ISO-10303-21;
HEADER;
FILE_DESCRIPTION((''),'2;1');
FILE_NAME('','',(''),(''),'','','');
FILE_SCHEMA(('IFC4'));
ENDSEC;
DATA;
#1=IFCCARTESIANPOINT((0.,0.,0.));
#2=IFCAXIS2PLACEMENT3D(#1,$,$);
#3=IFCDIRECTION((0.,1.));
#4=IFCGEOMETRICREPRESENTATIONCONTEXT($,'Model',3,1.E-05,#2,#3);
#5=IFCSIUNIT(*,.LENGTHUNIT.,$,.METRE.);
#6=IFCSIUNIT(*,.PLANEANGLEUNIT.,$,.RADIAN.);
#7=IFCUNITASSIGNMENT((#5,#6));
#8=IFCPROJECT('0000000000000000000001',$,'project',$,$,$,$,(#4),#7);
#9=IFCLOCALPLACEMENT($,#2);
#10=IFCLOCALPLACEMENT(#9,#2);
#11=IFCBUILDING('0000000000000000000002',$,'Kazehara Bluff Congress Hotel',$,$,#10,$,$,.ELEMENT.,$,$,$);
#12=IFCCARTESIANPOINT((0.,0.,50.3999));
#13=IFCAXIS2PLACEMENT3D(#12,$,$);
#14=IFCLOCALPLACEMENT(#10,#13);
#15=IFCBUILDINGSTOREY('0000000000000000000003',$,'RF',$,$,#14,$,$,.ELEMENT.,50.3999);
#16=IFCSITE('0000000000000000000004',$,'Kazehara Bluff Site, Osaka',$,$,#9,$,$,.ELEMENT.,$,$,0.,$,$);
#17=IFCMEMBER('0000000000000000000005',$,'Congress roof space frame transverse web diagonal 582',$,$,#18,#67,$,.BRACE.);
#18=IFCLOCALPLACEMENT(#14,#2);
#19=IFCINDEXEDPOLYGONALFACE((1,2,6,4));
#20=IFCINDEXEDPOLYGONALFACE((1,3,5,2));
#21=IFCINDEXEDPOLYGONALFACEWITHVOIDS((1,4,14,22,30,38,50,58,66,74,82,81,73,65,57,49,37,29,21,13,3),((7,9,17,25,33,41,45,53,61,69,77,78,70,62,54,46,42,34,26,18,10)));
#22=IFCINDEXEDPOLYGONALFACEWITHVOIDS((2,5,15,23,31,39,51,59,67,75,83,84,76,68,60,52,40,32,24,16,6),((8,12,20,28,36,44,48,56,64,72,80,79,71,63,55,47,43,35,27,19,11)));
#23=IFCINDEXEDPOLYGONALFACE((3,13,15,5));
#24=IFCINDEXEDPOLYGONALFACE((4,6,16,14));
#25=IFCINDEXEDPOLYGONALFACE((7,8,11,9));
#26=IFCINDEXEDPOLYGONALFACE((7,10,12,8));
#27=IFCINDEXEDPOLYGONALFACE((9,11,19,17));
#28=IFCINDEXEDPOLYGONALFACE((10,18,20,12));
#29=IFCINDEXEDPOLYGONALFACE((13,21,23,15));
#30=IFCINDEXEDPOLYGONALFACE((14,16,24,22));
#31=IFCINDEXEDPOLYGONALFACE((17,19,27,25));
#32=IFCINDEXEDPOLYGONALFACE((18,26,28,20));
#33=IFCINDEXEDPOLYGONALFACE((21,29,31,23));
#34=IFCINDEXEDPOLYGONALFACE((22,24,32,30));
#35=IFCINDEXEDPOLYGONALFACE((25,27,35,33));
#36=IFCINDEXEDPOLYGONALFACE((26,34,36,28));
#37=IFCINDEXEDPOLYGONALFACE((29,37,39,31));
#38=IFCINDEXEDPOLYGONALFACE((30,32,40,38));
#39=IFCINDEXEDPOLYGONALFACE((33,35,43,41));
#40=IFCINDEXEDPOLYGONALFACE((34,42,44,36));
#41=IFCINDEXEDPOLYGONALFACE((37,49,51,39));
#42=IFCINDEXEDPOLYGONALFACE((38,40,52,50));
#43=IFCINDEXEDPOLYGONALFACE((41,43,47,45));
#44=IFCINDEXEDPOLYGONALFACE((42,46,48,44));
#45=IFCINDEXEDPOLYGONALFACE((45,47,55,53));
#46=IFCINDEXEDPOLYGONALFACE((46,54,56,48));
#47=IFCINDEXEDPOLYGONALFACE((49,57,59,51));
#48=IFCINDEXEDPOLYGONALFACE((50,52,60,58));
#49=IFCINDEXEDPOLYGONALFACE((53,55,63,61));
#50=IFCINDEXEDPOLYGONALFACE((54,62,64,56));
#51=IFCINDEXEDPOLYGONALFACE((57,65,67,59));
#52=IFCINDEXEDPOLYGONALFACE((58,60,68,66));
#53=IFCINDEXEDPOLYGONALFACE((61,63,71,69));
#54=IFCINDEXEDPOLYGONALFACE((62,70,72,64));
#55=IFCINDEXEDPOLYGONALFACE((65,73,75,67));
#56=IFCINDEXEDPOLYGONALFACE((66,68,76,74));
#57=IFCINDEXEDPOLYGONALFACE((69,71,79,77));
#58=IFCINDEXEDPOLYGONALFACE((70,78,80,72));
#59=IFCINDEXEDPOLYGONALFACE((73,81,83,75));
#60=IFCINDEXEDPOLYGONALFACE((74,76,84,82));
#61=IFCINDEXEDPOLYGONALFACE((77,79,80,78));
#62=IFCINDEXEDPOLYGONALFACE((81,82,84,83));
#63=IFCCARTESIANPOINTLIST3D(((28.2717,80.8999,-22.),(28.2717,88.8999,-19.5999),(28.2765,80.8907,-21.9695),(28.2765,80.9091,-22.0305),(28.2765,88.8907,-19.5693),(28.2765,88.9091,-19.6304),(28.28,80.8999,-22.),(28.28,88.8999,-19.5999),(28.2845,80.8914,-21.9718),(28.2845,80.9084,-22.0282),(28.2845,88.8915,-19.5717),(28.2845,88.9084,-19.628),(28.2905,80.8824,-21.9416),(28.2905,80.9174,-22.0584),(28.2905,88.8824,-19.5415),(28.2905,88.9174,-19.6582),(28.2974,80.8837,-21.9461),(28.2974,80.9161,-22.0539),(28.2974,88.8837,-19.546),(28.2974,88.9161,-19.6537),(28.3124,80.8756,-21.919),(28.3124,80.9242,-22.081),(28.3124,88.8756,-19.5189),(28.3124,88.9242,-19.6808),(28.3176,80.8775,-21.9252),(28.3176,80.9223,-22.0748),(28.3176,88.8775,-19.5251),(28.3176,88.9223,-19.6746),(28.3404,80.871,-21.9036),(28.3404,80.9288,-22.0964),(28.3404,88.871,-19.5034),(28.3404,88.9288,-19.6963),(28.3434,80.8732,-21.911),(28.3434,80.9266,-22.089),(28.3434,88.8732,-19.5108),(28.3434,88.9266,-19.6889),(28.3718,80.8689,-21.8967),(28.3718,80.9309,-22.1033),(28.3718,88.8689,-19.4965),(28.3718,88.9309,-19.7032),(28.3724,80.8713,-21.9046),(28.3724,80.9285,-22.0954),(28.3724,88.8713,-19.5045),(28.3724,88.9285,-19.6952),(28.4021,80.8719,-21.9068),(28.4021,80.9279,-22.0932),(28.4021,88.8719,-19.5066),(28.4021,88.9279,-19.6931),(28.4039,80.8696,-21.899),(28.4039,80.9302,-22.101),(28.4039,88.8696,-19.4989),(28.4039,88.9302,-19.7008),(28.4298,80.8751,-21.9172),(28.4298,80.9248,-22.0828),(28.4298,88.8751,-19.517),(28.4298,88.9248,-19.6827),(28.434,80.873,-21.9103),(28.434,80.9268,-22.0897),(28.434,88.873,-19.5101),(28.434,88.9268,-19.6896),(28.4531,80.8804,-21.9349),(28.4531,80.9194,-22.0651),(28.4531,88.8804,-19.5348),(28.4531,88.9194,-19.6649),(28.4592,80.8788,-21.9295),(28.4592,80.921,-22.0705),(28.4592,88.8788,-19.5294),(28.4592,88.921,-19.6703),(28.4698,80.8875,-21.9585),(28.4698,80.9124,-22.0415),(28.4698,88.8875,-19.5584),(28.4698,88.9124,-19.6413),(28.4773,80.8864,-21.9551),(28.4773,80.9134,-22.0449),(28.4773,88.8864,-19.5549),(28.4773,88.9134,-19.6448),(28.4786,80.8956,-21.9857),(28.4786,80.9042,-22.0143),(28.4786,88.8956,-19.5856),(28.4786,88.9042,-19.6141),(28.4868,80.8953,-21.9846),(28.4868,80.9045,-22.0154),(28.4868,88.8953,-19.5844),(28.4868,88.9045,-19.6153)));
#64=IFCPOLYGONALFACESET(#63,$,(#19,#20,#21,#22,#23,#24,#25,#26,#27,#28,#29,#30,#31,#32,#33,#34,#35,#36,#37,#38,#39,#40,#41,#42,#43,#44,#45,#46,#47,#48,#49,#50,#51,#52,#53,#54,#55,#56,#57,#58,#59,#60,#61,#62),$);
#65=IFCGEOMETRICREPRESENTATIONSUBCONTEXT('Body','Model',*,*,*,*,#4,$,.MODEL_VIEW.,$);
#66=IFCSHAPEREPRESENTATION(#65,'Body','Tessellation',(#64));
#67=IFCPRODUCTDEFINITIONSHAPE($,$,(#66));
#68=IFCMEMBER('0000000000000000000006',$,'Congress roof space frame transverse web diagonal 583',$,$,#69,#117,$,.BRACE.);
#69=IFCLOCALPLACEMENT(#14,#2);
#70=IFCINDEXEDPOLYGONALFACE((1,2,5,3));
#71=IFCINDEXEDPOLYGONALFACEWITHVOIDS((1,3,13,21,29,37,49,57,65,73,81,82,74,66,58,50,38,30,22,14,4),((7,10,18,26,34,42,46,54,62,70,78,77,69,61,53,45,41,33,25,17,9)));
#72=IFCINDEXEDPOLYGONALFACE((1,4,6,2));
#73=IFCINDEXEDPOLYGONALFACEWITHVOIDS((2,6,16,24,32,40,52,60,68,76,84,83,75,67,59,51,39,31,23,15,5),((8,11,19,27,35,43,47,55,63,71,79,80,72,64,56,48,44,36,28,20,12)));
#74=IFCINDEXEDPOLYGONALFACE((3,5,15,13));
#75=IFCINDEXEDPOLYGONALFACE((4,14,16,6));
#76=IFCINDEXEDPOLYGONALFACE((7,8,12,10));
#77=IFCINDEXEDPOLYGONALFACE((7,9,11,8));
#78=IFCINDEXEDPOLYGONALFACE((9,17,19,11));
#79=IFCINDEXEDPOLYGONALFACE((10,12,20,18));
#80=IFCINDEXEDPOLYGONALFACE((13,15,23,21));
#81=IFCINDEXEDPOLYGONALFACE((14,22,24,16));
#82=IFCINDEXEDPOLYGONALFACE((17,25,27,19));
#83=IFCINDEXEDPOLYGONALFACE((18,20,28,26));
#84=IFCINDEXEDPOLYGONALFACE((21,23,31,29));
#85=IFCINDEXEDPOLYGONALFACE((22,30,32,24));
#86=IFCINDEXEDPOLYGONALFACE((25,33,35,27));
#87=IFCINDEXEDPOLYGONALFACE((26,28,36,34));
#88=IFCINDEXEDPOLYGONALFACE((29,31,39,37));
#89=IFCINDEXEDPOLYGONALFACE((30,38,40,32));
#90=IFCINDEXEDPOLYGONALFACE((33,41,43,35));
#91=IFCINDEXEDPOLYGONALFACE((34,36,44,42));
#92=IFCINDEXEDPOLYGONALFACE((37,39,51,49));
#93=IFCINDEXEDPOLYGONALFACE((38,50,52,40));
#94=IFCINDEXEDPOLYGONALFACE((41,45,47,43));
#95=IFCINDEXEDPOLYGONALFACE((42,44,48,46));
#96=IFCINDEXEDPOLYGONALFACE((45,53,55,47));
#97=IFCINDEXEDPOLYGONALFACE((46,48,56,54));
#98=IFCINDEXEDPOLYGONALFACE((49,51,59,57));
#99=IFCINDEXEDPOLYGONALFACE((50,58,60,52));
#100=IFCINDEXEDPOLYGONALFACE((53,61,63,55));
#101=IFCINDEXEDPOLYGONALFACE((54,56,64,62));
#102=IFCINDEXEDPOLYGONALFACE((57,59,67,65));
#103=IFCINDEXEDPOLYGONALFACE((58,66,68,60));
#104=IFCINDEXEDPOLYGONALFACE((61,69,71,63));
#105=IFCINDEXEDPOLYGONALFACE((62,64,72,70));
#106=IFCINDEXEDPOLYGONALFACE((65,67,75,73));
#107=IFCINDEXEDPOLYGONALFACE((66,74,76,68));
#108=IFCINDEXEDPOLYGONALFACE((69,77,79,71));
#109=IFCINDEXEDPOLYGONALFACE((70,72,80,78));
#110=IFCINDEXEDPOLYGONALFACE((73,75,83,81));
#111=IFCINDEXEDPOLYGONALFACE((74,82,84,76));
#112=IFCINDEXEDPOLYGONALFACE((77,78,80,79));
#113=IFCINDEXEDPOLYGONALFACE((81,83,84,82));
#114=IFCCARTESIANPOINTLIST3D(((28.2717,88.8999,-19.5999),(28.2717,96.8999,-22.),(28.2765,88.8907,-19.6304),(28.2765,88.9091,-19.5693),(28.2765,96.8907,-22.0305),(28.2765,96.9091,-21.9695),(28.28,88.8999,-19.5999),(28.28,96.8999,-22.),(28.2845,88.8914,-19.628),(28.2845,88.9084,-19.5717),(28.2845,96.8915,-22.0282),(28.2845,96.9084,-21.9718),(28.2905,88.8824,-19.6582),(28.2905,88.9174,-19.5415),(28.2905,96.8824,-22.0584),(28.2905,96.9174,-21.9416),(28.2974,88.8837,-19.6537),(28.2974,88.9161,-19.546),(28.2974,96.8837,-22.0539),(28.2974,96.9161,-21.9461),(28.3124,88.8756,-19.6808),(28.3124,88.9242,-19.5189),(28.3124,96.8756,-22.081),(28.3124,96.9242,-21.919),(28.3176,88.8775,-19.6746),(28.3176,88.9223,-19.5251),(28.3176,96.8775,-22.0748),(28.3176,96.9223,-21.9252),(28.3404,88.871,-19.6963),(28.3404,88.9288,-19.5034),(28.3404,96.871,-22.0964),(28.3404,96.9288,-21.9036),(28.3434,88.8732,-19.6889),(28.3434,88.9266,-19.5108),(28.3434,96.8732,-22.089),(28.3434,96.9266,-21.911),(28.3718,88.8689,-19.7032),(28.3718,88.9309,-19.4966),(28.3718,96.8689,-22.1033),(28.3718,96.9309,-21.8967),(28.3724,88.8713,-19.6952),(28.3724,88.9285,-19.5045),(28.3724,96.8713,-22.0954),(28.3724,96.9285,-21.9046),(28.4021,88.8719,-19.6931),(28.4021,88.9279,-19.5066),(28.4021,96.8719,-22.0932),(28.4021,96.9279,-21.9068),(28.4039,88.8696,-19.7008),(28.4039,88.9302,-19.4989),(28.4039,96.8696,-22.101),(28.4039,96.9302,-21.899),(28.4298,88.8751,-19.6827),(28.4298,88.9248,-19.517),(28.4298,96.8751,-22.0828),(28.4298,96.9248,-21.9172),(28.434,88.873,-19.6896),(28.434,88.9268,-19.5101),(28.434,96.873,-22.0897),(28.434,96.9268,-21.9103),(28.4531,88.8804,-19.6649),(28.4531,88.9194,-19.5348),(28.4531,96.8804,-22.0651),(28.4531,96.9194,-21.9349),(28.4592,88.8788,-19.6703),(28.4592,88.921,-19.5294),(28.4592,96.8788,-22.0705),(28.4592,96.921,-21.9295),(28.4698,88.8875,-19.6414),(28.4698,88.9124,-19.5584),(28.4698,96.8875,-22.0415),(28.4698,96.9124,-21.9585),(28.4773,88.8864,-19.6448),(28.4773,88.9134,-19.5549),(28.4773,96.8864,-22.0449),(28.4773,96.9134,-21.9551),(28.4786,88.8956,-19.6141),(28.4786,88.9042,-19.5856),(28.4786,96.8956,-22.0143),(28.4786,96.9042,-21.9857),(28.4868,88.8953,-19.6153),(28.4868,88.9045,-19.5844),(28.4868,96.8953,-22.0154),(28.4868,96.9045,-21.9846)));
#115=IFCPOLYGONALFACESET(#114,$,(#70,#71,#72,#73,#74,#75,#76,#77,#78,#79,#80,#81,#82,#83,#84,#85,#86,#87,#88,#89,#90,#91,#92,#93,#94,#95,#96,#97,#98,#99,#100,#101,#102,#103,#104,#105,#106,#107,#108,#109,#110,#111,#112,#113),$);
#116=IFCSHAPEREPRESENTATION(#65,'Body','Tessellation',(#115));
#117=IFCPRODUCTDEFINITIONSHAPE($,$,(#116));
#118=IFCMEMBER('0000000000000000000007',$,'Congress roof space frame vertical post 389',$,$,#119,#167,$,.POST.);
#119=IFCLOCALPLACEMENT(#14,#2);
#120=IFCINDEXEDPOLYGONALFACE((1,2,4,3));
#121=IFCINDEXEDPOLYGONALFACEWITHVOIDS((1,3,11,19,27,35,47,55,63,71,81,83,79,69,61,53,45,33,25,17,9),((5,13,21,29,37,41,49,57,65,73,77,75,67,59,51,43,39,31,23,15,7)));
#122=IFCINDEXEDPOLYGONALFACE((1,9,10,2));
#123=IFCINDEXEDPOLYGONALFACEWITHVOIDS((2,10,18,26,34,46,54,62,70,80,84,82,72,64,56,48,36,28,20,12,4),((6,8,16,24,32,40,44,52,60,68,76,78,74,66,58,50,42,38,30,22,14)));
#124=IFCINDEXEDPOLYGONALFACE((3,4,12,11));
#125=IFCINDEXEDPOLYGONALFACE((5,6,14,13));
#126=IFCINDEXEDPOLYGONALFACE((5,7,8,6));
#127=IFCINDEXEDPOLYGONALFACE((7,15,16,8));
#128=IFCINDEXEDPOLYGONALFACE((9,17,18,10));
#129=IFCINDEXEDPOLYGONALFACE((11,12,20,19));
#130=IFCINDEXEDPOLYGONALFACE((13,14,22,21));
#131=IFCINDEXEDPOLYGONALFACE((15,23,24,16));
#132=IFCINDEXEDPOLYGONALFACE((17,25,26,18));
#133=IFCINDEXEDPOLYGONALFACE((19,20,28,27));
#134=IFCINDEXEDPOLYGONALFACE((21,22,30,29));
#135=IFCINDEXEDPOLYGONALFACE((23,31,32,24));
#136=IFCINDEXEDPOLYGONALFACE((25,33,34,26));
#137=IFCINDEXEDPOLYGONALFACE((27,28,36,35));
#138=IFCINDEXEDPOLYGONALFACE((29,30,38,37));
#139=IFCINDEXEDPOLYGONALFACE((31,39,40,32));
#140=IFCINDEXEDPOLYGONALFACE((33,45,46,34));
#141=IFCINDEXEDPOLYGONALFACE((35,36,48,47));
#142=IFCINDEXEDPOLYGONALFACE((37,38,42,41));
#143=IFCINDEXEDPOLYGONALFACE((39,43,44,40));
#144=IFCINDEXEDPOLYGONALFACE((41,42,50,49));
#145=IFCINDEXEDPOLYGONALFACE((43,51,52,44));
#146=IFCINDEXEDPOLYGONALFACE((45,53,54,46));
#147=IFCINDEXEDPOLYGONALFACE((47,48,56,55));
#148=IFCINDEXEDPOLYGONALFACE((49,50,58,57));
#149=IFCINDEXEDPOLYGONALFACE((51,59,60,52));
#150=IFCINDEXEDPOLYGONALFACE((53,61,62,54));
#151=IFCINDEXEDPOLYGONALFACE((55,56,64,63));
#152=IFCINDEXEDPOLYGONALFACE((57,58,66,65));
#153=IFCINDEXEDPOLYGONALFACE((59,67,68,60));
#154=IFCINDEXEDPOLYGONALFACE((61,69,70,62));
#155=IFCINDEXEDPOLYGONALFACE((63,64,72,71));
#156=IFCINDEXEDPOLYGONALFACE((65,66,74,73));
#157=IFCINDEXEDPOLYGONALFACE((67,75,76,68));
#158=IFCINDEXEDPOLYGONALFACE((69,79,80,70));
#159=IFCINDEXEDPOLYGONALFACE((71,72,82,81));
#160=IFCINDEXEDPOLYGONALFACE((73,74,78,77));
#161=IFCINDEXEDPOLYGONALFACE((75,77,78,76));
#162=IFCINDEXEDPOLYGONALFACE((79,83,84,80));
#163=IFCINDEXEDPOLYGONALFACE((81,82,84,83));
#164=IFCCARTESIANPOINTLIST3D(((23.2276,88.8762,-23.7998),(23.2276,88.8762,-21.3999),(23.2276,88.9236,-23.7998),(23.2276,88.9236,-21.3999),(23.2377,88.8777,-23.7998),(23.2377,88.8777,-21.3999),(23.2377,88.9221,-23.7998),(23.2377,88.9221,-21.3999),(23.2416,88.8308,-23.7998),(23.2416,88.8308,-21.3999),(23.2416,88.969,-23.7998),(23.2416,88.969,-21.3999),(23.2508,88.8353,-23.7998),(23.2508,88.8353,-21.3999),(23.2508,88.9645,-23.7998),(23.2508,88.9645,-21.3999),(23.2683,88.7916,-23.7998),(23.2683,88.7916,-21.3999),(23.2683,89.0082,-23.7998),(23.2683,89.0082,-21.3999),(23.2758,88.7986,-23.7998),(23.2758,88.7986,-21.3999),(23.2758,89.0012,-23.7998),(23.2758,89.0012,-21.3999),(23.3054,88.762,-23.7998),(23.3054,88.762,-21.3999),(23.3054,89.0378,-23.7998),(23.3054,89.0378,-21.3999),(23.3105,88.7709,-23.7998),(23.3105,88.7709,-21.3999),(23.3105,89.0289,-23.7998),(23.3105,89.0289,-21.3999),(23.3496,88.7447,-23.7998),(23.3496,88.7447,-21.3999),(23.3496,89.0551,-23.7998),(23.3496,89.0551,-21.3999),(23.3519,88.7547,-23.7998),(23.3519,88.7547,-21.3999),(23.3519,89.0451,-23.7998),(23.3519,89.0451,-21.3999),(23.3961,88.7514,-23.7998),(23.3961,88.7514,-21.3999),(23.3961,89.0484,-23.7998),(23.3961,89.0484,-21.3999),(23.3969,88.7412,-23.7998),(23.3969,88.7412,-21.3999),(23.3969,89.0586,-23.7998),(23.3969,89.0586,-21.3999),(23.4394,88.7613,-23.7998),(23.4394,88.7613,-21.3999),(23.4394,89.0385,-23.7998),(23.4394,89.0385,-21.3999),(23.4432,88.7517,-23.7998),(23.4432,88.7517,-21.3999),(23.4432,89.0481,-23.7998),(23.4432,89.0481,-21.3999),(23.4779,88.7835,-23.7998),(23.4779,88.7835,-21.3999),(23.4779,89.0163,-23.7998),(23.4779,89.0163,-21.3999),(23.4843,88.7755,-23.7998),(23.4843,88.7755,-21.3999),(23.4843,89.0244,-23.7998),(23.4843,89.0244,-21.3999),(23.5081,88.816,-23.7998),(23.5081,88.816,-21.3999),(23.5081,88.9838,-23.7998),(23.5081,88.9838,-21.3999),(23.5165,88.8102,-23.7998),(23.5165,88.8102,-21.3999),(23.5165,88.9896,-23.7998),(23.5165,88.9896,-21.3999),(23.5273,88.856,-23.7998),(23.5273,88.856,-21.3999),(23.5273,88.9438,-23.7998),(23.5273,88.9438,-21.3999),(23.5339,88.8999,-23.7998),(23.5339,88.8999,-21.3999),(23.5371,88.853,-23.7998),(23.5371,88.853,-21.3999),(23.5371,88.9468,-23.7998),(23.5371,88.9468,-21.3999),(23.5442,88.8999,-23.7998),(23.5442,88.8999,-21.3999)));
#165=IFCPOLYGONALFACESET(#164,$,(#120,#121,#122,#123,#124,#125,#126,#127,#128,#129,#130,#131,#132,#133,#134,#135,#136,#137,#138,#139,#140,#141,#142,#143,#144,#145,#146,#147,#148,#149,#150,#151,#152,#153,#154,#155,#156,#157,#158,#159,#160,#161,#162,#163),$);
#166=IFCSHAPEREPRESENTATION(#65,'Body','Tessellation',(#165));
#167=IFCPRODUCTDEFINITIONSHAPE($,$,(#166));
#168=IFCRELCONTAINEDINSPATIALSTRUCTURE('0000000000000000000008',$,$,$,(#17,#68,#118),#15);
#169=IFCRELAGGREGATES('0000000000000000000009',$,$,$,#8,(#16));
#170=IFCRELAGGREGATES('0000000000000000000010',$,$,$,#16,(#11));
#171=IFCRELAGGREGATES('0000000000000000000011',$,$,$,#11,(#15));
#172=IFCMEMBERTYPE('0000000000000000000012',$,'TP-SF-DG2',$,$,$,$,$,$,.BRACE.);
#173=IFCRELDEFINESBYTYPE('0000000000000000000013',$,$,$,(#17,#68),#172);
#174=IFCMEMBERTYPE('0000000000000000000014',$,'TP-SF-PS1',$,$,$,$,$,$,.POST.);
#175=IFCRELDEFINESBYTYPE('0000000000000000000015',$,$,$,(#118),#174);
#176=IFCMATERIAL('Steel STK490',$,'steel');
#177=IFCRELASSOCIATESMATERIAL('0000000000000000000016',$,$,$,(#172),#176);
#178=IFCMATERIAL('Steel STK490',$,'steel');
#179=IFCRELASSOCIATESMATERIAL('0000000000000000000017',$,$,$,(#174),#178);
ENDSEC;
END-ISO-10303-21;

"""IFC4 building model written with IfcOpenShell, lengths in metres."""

from ifc_helpers import new_model, si_unit, direction, frame, origin, origin_2d, place, context, subcontext, project, spatial, hollow_circle, extrude, material, material_profile, profile_set, type_object, element, save


model = new_model("IFC4")

# Units and contexts
model_context = context("Model", 3, precision=1e-05, world=origin(), true_north=direction((0.0, 1.0)))
body_context = subcontext(model_context, "Body", "Model", "MODEL_VIEW")
ifc_project = project(units=[si_unit("LENGTHUNIT", "METRE"), si_unit("PLANEANGLEUNIT", "RADIAN")], contexts=[model_context])

# Site, building, storey
site_placement = place(None, origin())
site = spatial("IfcSite", under=ifc_project, at=site_placement, Name="Kazehara Bluff Site, Osaka", CompositionType="ELEMENT", RefElevation=0.0)
building_placement = place(site_placement, origin())
building = spatial("IfcBuilding", under=site, at=building_placement, Name="Kazehara Bluff Congress Hotel", CompositionType="ELEMENT")
storey_placement = place(building_placement, frame((0.0, 0.0, 50.3999)))
storey = spatial("IfcBuildingStorey", under=building, at=storey_placement, Name="RF", CompositionType="ELEMENT", Elevation=50.3999)

# Members
ifc_material_1 = material(Name="Steel STK490", Category="steel")
ifc_material_profile_1 = material_profile(ifc_material_1, hollow_circle(Radius=0.1082, WallThickness=0.0083, at=origin_2d()))
ifc_profile_set_1 = profile_set([ifc_material_profile_1], Name="Steel STK490")
member_type_1 = type_object("IfcMemberType", Name="TP-SF-DG2", PredefinedType="BRACE", material=ifc_profile_set_1)
for number, where, z_axis, x_axis, name in (
    (1, (28.3799, 80.8999, -22.0), (0.0, 0.957821, 0.287364), (-1.0, 0.0, 0.0), "Congress roof space frame transverse web diagonal 582"),
    (2, (28.3799, 88.8999, -19.5999), (0.0, 0.957821, -0.287364), (-1.0, 0.0, 0.0), "Congress roof space frame transverse web diagonal 583"),
):
    element("IfcMember", number, at=place(storey_placement, frame(where, z_axis=z_axis, x_axis=x_axis)), inside=storey, type_object=member_type_1, Name=name, PredefinedType="BRACE", context=body_context, shape_type="SweptSolid", body=[
        extrude(hollow_circle(Radius=0.1082, WallThickness=0.0083, at=origin_2d()), origin(), (0.0, 0.0, 1.0), 8.3523),
    ])
ifc_material_2 = material(Name="Steel STK490", Category="steel")
ifc_material_profile_2 = material_profile(ifc_material_2, hollow_circle(Radius=0.1592, WallThickness=0.0103, at=origin_2d()))
ifc_profile_set_2 = profile_set([ifc_material_profile_2], Name="Steel STK490")
member_type_2 = type_object("IfcMemberType", Name="TP-SF-PS1", PredefinedType="POST", material=ifc_profile_set_2)
member_1_placement = place(storey_placement, frame((23.385, 88.8999, -23.7998), z_axis=(0.0, 0.0, 1.0), x_axis=(1.0, 0.0, 0.0)))
element("IfcMember", 3, at=member_1_placement, inside=storey, type_object=member_type_2, Name="Congress roof space frame vertical post 389", PredefinedType="POST", context=body_context, shape_type="SweptSolid", body=[
    extrude(hollow_circle(Radius=0.1592, WallThickness=0.0103, at=origin_2d()), origin(), (0.0, 0.0, 1.0), 2.3999),
])

save(model, "model.ifc")
